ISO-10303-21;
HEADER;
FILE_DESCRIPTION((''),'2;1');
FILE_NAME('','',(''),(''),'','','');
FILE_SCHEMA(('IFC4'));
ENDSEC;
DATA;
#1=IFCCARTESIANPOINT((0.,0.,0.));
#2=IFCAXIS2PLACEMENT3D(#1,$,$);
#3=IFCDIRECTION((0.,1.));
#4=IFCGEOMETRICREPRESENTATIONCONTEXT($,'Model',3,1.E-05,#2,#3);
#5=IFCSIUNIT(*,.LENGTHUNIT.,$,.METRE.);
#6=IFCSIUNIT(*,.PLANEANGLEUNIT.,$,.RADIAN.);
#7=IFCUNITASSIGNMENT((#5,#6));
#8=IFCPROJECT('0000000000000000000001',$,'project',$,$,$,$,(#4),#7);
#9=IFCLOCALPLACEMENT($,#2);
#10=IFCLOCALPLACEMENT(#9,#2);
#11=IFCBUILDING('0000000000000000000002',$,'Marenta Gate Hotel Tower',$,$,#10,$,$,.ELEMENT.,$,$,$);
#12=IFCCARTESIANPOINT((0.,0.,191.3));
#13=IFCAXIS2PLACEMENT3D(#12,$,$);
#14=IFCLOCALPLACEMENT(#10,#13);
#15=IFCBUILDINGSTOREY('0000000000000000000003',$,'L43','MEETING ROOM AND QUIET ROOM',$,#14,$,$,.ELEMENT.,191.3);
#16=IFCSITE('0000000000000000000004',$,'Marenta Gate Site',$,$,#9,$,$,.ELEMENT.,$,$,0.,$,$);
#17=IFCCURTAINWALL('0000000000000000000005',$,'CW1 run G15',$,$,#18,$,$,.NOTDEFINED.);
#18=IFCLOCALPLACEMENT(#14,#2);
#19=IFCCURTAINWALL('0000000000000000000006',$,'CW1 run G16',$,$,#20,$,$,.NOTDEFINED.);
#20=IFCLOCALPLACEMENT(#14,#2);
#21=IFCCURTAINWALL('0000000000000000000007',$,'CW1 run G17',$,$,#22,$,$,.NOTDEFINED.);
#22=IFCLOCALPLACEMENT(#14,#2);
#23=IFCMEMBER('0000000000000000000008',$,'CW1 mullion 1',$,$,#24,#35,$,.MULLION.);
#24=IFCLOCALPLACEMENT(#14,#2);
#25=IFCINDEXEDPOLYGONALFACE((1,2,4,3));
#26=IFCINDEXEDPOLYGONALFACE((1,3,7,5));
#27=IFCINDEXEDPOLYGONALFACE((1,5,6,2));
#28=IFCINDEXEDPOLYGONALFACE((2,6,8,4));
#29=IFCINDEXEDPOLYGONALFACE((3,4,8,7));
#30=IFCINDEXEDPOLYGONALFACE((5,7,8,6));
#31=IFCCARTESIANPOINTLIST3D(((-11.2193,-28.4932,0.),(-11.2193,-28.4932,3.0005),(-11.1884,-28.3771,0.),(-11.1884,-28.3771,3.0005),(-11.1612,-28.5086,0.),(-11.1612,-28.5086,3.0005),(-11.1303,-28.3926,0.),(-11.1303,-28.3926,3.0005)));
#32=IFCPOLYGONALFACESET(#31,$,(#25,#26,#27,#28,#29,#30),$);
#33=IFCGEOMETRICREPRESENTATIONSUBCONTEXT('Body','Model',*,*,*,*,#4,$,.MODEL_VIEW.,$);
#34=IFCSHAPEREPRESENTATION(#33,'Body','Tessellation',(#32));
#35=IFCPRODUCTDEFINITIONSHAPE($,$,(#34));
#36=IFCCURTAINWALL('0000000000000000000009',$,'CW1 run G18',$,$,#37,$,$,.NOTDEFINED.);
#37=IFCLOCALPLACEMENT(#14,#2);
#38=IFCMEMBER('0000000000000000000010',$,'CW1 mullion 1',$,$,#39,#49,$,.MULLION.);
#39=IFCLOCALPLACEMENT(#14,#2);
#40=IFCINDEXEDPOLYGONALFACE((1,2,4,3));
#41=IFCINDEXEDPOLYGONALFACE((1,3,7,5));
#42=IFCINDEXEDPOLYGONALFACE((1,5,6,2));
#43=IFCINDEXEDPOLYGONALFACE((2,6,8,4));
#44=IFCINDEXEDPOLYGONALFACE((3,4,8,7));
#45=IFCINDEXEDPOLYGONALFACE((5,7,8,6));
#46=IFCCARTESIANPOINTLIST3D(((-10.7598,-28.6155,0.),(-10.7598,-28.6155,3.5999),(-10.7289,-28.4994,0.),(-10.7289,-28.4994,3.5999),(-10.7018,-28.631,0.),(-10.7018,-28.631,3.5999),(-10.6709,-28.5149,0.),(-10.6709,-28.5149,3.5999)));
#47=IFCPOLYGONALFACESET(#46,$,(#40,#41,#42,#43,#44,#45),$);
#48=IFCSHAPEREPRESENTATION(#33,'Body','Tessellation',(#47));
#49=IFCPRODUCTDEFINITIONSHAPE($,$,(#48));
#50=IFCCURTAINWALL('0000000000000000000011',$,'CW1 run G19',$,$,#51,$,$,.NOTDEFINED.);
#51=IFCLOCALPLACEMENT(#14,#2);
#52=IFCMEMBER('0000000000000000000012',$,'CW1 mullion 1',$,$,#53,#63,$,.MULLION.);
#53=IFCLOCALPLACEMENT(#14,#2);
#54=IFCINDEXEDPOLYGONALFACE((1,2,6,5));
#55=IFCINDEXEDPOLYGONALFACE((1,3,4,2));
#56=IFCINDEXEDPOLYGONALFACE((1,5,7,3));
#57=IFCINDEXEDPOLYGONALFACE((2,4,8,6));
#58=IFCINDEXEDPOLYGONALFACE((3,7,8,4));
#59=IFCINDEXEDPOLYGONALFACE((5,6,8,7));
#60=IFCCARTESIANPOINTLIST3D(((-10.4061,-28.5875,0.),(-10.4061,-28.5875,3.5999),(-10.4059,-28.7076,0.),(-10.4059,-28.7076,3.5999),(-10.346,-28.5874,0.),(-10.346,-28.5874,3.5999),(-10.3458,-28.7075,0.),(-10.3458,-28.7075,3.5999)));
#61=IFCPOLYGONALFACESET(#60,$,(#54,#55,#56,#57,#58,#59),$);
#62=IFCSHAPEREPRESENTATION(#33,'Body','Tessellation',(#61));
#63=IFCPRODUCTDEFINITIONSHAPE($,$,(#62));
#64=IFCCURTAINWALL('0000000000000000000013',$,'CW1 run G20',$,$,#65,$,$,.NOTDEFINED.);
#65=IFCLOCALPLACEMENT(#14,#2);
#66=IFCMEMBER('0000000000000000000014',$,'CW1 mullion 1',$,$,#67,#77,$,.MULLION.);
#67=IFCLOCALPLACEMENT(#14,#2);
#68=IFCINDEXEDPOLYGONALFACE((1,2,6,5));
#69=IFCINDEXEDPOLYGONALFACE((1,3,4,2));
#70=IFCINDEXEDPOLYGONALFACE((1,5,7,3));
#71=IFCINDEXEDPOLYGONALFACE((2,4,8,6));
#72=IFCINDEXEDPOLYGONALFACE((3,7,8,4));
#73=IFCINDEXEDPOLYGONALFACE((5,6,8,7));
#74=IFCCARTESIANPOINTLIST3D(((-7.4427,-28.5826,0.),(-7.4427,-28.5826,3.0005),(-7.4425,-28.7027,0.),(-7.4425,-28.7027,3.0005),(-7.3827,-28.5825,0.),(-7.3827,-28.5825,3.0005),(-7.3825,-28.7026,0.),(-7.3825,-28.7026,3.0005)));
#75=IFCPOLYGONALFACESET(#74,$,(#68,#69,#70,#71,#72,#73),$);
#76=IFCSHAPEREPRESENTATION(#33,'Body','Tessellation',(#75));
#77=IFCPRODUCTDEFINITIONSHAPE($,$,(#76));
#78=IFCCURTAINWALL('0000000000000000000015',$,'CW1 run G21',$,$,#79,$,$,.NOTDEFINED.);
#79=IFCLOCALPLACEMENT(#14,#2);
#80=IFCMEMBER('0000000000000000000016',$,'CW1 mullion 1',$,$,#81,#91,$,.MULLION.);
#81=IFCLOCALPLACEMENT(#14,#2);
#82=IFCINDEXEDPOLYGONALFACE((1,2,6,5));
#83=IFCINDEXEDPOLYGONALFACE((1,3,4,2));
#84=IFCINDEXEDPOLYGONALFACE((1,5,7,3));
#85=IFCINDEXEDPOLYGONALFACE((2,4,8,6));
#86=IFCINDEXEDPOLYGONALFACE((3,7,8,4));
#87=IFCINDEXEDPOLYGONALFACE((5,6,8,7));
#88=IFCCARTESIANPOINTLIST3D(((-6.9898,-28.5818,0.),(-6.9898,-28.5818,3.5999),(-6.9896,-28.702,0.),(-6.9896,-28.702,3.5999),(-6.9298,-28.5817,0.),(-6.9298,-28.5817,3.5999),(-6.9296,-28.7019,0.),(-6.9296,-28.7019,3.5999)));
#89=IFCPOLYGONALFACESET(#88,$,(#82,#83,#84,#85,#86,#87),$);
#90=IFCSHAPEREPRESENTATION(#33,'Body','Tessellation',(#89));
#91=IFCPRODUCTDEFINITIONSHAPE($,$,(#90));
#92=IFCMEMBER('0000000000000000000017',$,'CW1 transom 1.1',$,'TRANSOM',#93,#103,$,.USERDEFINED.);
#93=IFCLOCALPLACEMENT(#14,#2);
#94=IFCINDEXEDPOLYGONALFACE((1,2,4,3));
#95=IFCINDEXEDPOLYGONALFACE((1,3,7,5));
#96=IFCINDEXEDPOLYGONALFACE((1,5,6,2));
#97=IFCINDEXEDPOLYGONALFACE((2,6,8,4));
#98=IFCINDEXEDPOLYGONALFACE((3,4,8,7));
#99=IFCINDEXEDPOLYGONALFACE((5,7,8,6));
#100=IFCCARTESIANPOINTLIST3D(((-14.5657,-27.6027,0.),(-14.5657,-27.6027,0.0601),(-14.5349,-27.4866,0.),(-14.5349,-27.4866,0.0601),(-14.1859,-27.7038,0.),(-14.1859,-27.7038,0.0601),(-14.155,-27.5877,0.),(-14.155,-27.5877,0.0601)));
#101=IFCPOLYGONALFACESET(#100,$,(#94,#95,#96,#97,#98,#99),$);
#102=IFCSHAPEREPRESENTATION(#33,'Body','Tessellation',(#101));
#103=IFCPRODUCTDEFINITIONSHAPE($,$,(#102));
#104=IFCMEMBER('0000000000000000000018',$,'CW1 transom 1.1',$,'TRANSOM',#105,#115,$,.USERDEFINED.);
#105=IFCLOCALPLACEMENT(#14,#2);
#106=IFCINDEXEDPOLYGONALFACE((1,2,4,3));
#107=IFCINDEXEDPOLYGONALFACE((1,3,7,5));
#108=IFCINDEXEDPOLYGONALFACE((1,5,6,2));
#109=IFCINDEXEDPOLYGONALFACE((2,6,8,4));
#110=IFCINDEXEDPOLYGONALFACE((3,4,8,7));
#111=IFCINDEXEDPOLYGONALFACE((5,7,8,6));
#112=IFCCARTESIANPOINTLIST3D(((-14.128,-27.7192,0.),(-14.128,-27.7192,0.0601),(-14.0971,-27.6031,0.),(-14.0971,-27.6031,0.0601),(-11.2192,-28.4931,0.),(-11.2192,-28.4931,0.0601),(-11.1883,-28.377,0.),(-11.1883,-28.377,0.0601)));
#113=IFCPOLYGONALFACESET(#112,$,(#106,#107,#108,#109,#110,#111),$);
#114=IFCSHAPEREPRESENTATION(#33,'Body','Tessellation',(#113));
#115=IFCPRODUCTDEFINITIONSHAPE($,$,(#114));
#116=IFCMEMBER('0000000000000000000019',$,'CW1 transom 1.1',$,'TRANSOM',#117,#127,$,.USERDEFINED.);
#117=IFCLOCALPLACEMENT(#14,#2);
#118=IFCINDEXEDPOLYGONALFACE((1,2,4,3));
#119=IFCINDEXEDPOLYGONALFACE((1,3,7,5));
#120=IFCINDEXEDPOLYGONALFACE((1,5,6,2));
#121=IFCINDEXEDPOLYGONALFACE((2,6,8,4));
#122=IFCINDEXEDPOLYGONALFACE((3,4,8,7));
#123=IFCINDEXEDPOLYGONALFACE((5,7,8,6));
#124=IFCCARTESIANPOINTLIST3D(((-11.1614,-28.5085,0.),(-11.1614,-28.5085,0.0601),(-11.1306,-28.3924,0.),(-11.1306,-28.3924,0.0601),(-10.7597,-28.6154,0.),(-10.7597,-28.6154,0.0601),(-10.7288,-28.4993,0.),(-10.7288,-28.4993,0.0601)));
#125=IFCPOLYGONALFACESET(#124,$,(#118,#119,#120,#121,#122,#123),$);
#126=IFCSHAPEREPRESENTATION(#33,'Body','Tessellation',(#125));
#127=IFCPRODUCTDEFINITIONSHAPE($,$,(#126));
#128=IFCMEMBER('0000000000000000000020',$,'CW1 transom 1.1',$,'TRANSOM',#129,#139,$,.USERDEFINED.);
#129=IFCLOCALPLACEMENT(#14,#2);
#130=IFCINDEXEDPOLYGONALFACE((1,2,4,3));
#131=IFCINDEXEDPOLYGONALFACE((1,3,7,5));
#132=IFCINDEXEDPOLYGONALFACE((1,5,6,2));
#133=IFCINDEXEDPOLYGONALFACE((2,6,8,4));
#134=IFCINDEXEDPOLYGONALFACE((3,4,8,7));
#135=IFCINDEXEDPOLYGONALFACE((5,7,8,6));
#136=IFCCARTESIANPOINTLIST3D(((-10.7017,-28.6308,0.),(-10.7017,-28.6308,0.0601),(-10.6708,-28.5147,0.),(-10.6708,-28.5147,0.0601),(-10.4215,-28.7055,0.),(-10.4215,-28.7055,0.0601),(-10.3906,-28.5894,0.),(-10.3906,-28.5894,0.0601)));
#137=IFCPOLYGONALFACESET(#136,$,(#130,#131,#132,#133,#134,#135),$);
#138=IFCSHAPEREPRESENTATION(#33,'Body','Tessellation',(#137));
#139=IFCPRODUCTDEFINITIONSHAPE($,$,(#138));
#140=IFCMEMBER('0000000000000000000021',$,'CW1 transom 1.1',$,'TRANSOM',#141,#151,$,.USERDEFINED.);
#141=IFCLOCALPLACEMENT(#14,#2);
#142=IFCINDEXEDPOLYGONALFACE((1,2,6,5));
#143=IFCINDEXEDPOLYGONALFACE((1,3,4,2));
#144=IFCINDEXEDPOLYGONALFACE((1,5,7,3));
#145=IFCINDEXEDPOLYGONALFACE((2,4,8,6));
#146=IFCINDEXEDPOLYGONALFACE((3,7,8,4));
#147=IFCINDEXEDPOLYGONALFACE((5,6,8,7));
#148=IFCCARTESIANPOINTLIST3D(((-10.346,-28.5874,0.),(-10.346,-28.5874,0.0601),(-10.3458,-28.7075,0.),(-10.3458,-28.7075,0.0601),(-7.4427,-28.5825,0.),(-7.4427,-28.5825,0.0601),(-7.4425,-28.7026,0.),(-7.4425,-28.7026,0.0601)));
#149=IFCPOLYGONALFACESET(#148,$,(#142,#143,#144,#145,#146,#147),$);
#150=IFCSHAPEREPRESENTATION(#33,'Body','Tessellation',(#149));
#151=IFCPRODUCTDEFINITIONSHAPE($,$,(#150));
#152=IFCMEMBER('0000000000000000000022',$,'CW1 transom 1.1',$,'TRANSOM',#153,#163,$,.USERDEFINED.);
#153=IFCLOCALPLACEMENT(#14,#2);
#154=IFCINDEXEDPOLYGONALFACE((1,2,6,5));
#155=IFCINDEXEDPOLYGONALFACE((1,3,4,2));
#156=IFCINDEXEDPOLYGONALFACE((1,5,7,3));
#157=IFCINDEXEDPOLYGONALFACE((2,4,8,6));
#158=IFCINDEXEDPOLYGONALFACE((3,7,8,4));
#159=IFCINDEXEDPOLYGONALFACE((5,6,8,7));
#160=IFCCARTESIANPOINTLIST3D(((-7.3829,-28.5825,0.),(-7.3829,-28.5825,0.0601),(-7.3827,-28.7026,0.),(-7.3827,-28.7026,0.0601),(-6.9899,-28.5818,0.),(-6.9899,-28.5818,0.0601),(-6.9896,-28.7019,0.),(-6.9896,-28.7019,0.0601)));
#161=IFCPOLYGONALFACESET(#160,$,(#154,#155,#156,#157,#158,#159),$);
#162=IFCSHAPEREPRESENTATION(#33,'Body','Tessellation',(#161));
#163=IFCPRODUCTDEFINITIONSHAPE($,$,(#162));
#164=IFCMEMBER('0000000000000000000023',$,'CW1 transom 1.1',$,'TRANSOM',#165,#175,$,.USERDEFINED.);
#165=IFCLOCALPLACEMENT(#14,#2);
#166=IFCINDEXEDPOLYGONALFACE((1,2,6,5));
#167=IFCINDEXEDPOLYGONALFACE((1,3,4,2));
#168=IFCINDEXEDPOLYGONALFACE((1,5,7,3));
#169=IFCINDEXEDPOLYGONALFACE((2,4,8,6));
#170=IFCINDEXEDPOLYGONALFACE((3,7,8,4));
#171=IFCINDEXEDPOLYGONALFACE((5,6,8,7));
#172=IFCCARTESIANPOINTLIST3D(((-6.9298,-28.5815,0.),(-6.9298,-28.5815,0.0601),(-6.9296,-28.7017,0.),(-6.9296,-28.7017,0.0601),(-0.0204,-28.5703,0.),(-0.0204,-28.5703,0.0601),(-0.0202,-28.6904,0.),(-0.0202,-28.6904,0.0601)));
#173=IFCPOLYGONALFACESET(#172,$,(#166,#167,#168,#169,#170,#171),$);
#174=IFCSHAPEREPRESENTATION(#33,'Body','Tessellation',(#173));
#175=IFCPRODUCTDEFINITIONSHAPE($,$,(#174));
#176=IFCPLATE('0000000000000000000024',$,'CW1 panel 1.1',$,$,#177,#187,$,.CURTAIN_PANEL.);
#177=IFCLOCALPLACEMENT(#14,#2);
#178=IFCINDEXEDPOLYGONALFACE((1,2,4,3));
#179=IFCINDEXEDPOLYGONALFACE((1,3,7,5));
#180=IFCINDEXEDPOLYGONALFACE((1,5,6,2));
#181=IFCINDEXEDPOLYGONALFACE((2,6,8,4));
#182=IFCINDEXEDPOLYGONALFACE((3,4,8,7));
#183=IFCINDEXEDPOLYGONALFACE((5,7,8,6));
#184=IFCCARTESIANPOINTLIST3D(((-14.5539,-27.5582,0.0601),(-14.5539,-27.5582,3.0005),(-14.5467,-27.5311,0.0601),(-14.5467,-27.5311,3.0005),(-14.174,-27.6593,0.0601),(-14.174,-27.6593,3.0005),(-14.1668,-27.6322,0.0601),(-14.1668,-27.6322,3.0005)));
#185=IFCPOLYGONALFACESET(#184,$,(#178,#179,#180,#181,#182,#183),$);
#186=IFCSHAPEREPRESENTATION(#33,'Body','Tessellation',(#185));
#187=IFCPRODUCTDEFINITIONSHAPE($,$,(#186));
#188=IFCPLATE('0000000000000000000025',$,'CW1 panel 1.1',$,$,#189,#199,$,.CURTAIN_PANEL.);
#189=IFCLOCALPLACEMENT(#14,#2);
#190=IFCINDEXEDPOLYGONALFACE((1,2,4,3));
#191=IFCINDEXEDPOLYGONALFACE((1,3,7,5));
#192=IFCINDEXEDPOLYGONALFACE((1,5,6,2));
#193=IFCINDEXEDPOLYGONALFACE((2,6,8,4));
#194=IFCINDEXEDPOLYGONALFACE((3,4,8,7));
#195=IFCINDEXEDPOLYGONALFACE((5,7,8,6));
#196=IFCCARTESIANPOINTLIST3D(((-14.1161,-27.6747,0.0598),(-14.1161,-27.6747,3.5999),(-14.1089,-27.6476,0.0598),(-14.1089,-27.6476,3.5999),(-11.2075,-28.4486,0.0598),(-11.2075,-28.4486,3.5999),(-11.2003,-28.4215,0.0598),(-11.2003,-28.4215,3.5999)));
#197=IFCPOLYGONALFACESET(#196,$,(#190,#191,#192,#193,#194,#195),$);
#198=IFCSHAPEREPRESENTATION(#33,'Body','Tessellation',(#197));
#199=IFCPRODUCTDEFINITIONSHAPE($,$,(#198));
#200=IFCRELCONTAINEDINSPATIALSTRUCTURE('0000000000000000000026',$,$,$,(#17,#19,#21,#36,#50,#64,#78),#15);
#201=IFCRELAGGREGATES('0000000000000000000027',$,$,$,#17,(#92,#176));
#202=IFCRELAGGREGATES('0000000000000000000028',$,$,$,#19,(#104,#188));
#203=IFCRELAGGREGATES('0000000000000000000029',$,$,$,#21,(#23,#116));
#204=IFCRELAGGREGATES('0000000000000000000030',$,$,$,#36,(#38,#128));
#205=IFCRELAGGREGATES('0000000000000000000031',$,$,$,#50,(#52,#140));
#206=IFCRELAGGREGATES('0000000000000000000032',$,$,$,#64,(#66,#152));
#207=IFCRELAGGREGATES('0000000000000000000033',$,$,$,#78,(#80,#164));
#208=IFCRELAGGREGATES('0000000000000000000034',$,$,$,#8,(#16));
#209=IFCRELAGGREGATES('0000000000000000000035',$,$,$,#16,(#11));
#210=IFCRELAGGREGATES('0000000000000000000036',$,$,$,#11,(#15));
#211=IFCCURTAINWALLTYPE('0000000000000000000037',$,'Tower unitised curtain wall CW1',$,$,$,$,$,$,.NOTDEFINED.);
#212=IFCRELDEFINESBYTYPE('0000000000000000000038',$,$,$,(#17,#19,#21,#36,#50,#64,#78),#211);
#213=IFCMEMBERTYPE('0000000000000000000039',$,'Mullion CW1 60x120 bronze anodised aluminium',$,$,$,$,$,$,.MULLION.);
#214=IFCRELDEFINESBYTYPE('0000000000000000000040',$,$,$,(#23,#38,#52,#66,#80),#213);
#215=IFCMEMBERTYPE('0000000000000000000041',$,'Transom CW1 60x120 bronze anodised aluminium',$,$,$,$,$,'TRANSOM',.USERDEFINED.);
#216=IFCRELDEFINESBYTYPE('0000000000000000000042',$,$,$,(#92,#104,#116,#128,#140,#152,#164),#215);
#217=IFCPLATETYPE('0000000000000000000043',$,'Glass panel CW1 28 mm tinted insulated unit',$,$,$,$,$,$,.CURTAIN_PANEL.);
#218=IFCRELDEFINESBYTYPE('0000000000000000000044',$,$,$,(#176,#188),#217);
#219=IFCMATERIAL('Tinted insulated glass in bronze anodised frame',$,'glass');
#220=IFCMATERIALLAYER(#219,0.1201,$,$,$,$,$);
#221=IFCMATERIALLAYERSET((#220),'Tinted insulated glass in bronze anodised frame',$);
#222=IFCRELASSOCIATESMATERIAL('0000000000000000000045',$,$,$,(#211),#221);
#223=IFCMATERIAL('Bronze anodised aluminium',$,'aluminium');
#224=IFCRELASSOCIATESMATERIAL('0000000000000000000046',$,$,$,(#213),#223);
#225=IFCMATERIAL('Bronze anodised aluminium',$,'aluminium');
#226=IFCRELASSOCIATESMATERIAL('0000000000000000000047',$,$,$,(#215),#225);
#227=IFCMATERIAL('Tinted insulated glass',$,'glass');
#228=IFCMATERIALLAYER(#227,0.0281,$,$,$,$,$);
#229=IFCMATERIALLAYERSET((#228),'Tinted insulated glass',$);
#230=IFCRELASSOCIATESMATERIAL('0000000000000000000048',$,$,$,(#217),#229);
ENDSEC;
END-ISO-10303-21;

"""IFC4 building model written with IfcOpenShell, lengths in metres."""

from ifc_helpers import new_model, si_unit, direction, frame, origin, origin_2d, place, context, subcontext, project, spatial, rectangle, extrude, material, layer, layer_set, material_profile, profile_set, type_object, element, aggregate, save


model = new_model("IFC4")

# Units and contexts
model_context = context("Model", 3, precision=1e-05, world=origin(), true_north=direction((0.0, 1.0)))
body_context = subcontext(model_context, "Body", "Model", "MODEL_VIEW")
ifc_project = project(units=[si_unit("LENGTHUNIT", "METRE"), si_unit("PLANEANGLEUNIT", "RADIAN")], contexts=[model_context])

# Site, building, storey
site_placement = place(None, origin())
site = spatial("IfcSite", under=ifc_project, at=site_placement, Name="Marenta Gate Site", CompositionType="ELEMENT", RefElevation=0.0)
building_placement = place(site_placement, origin())
building = spatial("IfcBuilding", under=site, at=building_placement, Name="Marenta Gate Hotel Tower", CompositionType="ELEMENT")
storey_placement = place(building_placement, frame((0.0, 0.0, 191.3)))
storey = spatial("IfcBuildingStorey", under=building, at=storey_placement, Name="L43", Description="MEETING ROOM AND QUIET ROOM", CompositionType="ELEMENT", Elevation=191.3)

# Curtain walls, members
ifc_material_1 = material(Name="Tinted insulated glass in bronze anodised frame", Category="glass")
ifc_layer_1 = layer(ifc_material_1, 0.1201)
ifc_layer_set_1 = layer_set([ifc_layer_1], Name="Tinted insulated glass in bronze anodised frame")
curtain_wall_type = type_object("IfcCurtainWallType", Name="Tower unitised curtain wall CW1", PredefinedType="NOTDEFINED", material=ifc_layer_set_1)
curtain_wall_1_placement = place(storey_placement, origin())
curtain_wall_1 = element("IfcCurtainWall", 1, at=curtain_wall_1_placement, inside=storey, type_object=curtain_wall_type, Name="CW1 run G15", PredefinedType="NOTDEFINED")
ifc_material_2 = material(Name="Bronze anodised aluminium", Category="aluminium")
ifc_material_profile_1 = material_profile(ifc_material_2, rectangle(XDim=0.1201, YDim=0.0601, at=origin_2d()), Name="Mullion CW1 60x120 bronze anodised aluminium")
ifc_profile_set_1 = profile_set([ifc_material_profile_1], Name="Bronze anodised aluminium")
member_type_1 = type_object("IfcMemberType", Name="Mullion CW1 60x120 bronze anodised aluminium", PredefinedType="MULLION", material=ifc_profile_set_1)
curtain_wall_2_placement = place(storey_placement, origin())
curtain_wall_2 = element("IfcCurtainWall", 2, at=curtain_wall_2_placement, inside=storey, type_object=curtain_wall_type, Name="CW1 run G16", PredefinedType="NOTDEFINED")
curtain_wall_3_placement = place(storey_placement, origin())
curtain_wall_3 = element("IfcCurtainWall", 3, at=curtain_wall_3_placement, inside=storey, type_object=curtain_wall_type, Name="CW1 run G17", PredefinedType="NOTDEFINED")
member_1_placement = place(storey_placement, frame((-11.1748, -28.4429, 0.0), z_axis=(0.0, 0.0, 1.0), x_axis=(0.2571, 0.966385, 0.0)))
member_1 = element("IfcMember", 4, at=member_1_placement, type_object=member_type_1, Name="CW1 mullion 1", PredefinedType="MULLION", context=body_context, shape_type="SweptSolid", body=[
    extrude(rectangle(XDim=0.1201, YDim=0.0601, at=origin_2d()), origin(), (0.0, 0.0, 1.0), 3.0005),
])
curtain_wall_4_placement = place(storey_placement, origin())
curtain_wall_4 = element("IfcCurtainWall", 5, at=curtain_wall_4_placement, inside=storey, type_object=curtain_wall_type, Name="CW1 run G18", PredefinedType="NOTDEFINED")
member_2_placement = place(storey_placement, frame((-10.7153, -28.5652, 0.0), z_axis=(0.0, 0.0, 1.0), x_axis=(0.257431, 0.966297, 0.0)))
member_2 = element("IfcMember", 6, at=member_2_placement, type_object=member_type_1, Name="CW1 mullion 1", PredefinedType="MULLION", context=body_context, shape_type="SweptSolid", body=[
    extrude(rectangle(XDim=0.1201, YDim=0.0601, at=origin_2d()), origin(), (0.0, 0.0, 1.0), 3.5999),
])
curtain_wall_5_placement = place(storey_placement, origin())
curtain_wall_5 = element("IfcCurtainWall", 7, at=curtain_wall_5_placement, inside=storey, type_object=curtain_wall_type, Name="CW1 run G19", PredefinedType="NOTDEFINED")
member_3_placement = place(storey_placement, frame((-10.376, -28.6475, 0.0), z_axis=(0.0, 0.0, 1.0), x_axis=(-0.001654, 0.999999, 0.0)))
member_3 = element("IfcMember", 8, at=member_3_placement, type_object=member_type_1, Name="CW1 mullion 1", PredefinedType="MULLION", context=body_context, shape_type="SweptSolid", body=[
    extrude(rectangle(XDim=0.1201, YDim=0.0601, at=origin_2d()), origin(), (0.0, 0.0, 1.0), 3.5999),
])
curtain_wall_6_placement = place(storey_placement, origin())
curtain_wall_6 = element("IfcCurtainWall", 9, at=curtain_wall_6_placement, inside=storey, type_object=curtain_wall_type, Name="CW1 run G20", PredefinedType="NOTDEFINED")
member_4_placement = place(storey_placement, frame((-7.4126, -28.6426, 0.0), z_axis=(0.0, 0.0, 1.0), x_axis=(-0.001766, 0.999998, 0.0)))
member_4 = element("IfcMember", 10, at=member_4_placement, type_object=member_type_1, Name="CW1 mullion 1", PredefinedType="MULLION", context=body_context, shape_type="SweptSolid", body=[
    extrude(rectangle(XDim=0.1201, YDim=0.0601, at=origin_2d()), origin(), (0.0, 0.0, 1.0), 3.0005),
])
curtain_wall_7_placement = place(storey_placement, origin())
curtain_wall_7 = element("IfcCurtainWall", 11, at=curtain_wall_7_placement, inside=storey, type_object=curtain_wall_type, Name="CW1 run G21", PredefinedType="NOTDEFINED")
member_5_placement = place(storey_placement, frame((-6.9597, -28.6418, 0.0), z_axis=(0.0, 0.0, 1.0), x_axis=(-0.001636, 0.999999, 0.0)))
member_5 = element("IfcMember", 12, at=member_5_placement, type_object=member_type_1, Name="CW1 mullion 1", PredefinedType="MULLION", context=body_context, shape_type="SweptSolid", body=[
    extrude(rectangle(XDim=0.1201, YDim=0.0601, at=origin_2d()), origin(), (0.0, 0.0, 1.0), 3.5999),
])

# Members
ifc_material_3 = material(Name="Bronze anodised aluminium", Category="aluminium")
ifc_material_profile_2 = material_profile(ifc_material_3, rectangle(XDim=0.1201, YDim=0.0601, at=origin_2d()), Name="Transom CW1 60x120 bronze anodised aluminium")
ifc_profile_set_2 = profile_set([ifc_material_profile_2], Name="Bronze anodised aluminium")
member_type_2 = type_object("IfcMemberType", Name="Transom CW1 60x120 bronze anodised aluminium", ElementType="TRANSOM", PredefinedType="USERDEFINED", material=ifc_profile_set_2)
member_6_placement = place(storey_placement, frame((-14.5503, -27.5447, 0.03), z_axis=(0.966379, -0.257121, 0.0), x_axis=(0.257121, 0.966379, 0.0)))
member_6 = element("IfcMember", 13, at=member_6_placement, type_object=member_type_2, Name="CW1 transom 1.1", ObjectType="TRANSOM", PredefinedType="USERDEFINED", context=body_context, shape_type="SweptSolid", body=[
    extrude(rectangle(XDim=0.1201, YDim=0.0601, at=origin_2d()), origin(), (0.0, 0.0, 1.0), 0.3931),
])
member_7_placement = place(storey_placement, frame((-14.1125, -27.6611, 0.03), z_axis=(0.966377, -0.257127, 0.0), x_axis=(0.257127, 0.966377, 0.0)))
member_7 = element("IfcMember", 14, at=member_7_placement, type_object=member_type_2, Name="CW1 transom 1.1", ObjectType="TRANSOM", PredefinedType="USERDEFINED", context=body_context, shape_type="SweptSolid", body=[
    extrude(rectangle(XDim=0.1201, YDim=0.0601, at=origin_2d()), origin(), (0.0, 0.0, 1.0), 3.01),
])
member_8_placement = place(storey_placement, frame((-11.146, -28.4504, 0.03), z_axis=(0.966371, -0.257151, 0.0), x_axis=(0.257151, 0.966371, 0.0)))
member_8 = element("IfcMember", 15, at=member_8_placement, type_object=member_type_2, Name="CW1 transom 1.1", ObjectType="TRANSOM", PredefinedType="USERDEFINED", context=body_context, shape_type="SweptSolid", body=[
    extrude(rectangle(XDim=0.1201, YDim=0.0601, at=origin_2d()), origin(), (0.0, 0.0, 1.0), 0.4158),
])
member_9_placement = place(storey_placement, frame((-10.6863, -28.5728, 0.03), z_axis=(0.966263, -0.257558, 0.0), x_axis=(0.257558, 0.966263, 0.0)))
member_9 = element("IfcMember", 16, at=member_9_placement, type_object=member_type_2, Name="CW1 transom 1.1", ObjectType="TRANSOM", PredefinedType="USERDEFINED", context=body_context, shape_type="SweptSolid", body=[
    extrude(rectangle(XDim=0.1201, YDim=0.0601, at=origin_2d()), origin(), (0.0, 0.0, 1.0), 0.29),
])
member_10_placement = place(storey_placement, frame((-10.3459, -28.6475, 0.03), z_axis=(0.999999, 0.001682, 0.0), x_axis=(-0.001682, 0.999999, 0.0)))
member_10 = element("IfcMember", 17, at=member_10_placement, type_object=member_type_2, Name="CW1 transom 1.1", ObjectType="TRANSOM", PredefinedType="USERDEFINED", context=body_context, shape_type="SweptSolid", body=[
    extrude(rectangle(XDim=0.1201, YDim=0.0601, at=origin_2d()), origin(), (0.0, 0.0, 1.0), 2.9033),
])
member_11_placement = place(storey_placement, frame((-7.3828, -28.6426, 0.03), z_axis=(0.999998, 0.001863, 0.0), x_axis=(-0.001863, 0.999998, 0.0)))
member_11 = element("IfcMember", 18, at=member_11_placement, type_object=member_type_2, Name="CW1 transom 1.1", ObjectType="TRANSOM", PredefinedType="USERDEFINED", context=body_context, shape_type="SweptSolid", body=[
    extrude(rectangle(XDim=0.1201, YDim=0.0601, at=origin_2d()), origin(), (0.0, 0.0, 1.0), 0.3931),
])
member_12_placement = place(storey_placement, frame((-6.9297, -28.6416, 0.03), z_axis=(0.999999, 0.001625, 0.0), x_axis=(-0.001625, 0.999999, 0.0)))
member_12 = element("IfcMember", 19, at=member_12_placement, type_object=member_type_2, Name="CW1 transom 1.1", ObjectType="TRANSOM", PredefinedType="USERDEFINED", context=body_context, shape_type="SweptSolid", body=[
    extrude(rectangle(XDim=0.1201, YDim=0.0601, at=origin_2d()), origin(), (0.0, 0.0, 1.0), 6.9094),
])

# Plates
ifc_material_4 = material(Name="Tinted insulated glass", Category="glass")
ifc_layer_2 = layer(ifc_material_4, 0.0281)
ifc_layer_set_2 = layer_set([ifc_layer_2], Name="Tinted insulated glass")
plate_type = type_object("IfcPlateType", Name="Glass panel CW1 28 mm tinted insulated unit", PredefinedType="CURTAIN_PANEL", material=ifc_layer_set_2)
plate_1_placement = place(storey_placement, frame((-14.3604, -27.5952, 0.0601), z_axis=(0.0, 0.0, 1.0), x_axis=(0.96637, -0.257154, 0.0)))
plate_1 = element("IfcPlate", 20, at=plate_1_placement, type_object=plate_type, Name="CW1 panel 1.1", PredefinedType="CURTAIN_PANEL", context=body_context, shape_type="SweptSolid", body=[
    extrude(rectangle(XDim=0.3931, YDim=0.0281, at=origin_2d()), origin(), (0.0, 0.0, 1.0), 2.9404),
])
aggregate(curtain_wall_1, [member_6, plate_1])
plate_2_placement = place(storey_placement, frame((-12.6582, -28.0481, 0.0598), z_axis=(0.0, 0.0, 1.0), x_axis=(0.96638, -0.257117, 0.0)))
plate_2 = element("IfcPlate", 21, at=plate_2_placement, type_object=plate_type, Name="CW1 panel 1.1", PredefinedType="CURTAIN_PANEL", context=body_context, shape_type="SweptSolid", body=[
    extrude(rectangle(XDim=3.0098, YDim=0.0281, at=origin_2d()), origin(), (0.0, 0.0, 1.0), 3.54),
])
aggregate(curtain_wall_2, [member_7, plate_2])
aggregate(curtain_wall_3, [member_1, member_8])
aggregate(curtain_wall_4, [member_2, member_9])
aggregate(curtain_wall_5, [member_3, member_10])
aggregate(curtain_wall_6, [member_4, member_11])
aggregate(curtain_wall_7, [member_5, member_12])

save(model, "model.ifc")
